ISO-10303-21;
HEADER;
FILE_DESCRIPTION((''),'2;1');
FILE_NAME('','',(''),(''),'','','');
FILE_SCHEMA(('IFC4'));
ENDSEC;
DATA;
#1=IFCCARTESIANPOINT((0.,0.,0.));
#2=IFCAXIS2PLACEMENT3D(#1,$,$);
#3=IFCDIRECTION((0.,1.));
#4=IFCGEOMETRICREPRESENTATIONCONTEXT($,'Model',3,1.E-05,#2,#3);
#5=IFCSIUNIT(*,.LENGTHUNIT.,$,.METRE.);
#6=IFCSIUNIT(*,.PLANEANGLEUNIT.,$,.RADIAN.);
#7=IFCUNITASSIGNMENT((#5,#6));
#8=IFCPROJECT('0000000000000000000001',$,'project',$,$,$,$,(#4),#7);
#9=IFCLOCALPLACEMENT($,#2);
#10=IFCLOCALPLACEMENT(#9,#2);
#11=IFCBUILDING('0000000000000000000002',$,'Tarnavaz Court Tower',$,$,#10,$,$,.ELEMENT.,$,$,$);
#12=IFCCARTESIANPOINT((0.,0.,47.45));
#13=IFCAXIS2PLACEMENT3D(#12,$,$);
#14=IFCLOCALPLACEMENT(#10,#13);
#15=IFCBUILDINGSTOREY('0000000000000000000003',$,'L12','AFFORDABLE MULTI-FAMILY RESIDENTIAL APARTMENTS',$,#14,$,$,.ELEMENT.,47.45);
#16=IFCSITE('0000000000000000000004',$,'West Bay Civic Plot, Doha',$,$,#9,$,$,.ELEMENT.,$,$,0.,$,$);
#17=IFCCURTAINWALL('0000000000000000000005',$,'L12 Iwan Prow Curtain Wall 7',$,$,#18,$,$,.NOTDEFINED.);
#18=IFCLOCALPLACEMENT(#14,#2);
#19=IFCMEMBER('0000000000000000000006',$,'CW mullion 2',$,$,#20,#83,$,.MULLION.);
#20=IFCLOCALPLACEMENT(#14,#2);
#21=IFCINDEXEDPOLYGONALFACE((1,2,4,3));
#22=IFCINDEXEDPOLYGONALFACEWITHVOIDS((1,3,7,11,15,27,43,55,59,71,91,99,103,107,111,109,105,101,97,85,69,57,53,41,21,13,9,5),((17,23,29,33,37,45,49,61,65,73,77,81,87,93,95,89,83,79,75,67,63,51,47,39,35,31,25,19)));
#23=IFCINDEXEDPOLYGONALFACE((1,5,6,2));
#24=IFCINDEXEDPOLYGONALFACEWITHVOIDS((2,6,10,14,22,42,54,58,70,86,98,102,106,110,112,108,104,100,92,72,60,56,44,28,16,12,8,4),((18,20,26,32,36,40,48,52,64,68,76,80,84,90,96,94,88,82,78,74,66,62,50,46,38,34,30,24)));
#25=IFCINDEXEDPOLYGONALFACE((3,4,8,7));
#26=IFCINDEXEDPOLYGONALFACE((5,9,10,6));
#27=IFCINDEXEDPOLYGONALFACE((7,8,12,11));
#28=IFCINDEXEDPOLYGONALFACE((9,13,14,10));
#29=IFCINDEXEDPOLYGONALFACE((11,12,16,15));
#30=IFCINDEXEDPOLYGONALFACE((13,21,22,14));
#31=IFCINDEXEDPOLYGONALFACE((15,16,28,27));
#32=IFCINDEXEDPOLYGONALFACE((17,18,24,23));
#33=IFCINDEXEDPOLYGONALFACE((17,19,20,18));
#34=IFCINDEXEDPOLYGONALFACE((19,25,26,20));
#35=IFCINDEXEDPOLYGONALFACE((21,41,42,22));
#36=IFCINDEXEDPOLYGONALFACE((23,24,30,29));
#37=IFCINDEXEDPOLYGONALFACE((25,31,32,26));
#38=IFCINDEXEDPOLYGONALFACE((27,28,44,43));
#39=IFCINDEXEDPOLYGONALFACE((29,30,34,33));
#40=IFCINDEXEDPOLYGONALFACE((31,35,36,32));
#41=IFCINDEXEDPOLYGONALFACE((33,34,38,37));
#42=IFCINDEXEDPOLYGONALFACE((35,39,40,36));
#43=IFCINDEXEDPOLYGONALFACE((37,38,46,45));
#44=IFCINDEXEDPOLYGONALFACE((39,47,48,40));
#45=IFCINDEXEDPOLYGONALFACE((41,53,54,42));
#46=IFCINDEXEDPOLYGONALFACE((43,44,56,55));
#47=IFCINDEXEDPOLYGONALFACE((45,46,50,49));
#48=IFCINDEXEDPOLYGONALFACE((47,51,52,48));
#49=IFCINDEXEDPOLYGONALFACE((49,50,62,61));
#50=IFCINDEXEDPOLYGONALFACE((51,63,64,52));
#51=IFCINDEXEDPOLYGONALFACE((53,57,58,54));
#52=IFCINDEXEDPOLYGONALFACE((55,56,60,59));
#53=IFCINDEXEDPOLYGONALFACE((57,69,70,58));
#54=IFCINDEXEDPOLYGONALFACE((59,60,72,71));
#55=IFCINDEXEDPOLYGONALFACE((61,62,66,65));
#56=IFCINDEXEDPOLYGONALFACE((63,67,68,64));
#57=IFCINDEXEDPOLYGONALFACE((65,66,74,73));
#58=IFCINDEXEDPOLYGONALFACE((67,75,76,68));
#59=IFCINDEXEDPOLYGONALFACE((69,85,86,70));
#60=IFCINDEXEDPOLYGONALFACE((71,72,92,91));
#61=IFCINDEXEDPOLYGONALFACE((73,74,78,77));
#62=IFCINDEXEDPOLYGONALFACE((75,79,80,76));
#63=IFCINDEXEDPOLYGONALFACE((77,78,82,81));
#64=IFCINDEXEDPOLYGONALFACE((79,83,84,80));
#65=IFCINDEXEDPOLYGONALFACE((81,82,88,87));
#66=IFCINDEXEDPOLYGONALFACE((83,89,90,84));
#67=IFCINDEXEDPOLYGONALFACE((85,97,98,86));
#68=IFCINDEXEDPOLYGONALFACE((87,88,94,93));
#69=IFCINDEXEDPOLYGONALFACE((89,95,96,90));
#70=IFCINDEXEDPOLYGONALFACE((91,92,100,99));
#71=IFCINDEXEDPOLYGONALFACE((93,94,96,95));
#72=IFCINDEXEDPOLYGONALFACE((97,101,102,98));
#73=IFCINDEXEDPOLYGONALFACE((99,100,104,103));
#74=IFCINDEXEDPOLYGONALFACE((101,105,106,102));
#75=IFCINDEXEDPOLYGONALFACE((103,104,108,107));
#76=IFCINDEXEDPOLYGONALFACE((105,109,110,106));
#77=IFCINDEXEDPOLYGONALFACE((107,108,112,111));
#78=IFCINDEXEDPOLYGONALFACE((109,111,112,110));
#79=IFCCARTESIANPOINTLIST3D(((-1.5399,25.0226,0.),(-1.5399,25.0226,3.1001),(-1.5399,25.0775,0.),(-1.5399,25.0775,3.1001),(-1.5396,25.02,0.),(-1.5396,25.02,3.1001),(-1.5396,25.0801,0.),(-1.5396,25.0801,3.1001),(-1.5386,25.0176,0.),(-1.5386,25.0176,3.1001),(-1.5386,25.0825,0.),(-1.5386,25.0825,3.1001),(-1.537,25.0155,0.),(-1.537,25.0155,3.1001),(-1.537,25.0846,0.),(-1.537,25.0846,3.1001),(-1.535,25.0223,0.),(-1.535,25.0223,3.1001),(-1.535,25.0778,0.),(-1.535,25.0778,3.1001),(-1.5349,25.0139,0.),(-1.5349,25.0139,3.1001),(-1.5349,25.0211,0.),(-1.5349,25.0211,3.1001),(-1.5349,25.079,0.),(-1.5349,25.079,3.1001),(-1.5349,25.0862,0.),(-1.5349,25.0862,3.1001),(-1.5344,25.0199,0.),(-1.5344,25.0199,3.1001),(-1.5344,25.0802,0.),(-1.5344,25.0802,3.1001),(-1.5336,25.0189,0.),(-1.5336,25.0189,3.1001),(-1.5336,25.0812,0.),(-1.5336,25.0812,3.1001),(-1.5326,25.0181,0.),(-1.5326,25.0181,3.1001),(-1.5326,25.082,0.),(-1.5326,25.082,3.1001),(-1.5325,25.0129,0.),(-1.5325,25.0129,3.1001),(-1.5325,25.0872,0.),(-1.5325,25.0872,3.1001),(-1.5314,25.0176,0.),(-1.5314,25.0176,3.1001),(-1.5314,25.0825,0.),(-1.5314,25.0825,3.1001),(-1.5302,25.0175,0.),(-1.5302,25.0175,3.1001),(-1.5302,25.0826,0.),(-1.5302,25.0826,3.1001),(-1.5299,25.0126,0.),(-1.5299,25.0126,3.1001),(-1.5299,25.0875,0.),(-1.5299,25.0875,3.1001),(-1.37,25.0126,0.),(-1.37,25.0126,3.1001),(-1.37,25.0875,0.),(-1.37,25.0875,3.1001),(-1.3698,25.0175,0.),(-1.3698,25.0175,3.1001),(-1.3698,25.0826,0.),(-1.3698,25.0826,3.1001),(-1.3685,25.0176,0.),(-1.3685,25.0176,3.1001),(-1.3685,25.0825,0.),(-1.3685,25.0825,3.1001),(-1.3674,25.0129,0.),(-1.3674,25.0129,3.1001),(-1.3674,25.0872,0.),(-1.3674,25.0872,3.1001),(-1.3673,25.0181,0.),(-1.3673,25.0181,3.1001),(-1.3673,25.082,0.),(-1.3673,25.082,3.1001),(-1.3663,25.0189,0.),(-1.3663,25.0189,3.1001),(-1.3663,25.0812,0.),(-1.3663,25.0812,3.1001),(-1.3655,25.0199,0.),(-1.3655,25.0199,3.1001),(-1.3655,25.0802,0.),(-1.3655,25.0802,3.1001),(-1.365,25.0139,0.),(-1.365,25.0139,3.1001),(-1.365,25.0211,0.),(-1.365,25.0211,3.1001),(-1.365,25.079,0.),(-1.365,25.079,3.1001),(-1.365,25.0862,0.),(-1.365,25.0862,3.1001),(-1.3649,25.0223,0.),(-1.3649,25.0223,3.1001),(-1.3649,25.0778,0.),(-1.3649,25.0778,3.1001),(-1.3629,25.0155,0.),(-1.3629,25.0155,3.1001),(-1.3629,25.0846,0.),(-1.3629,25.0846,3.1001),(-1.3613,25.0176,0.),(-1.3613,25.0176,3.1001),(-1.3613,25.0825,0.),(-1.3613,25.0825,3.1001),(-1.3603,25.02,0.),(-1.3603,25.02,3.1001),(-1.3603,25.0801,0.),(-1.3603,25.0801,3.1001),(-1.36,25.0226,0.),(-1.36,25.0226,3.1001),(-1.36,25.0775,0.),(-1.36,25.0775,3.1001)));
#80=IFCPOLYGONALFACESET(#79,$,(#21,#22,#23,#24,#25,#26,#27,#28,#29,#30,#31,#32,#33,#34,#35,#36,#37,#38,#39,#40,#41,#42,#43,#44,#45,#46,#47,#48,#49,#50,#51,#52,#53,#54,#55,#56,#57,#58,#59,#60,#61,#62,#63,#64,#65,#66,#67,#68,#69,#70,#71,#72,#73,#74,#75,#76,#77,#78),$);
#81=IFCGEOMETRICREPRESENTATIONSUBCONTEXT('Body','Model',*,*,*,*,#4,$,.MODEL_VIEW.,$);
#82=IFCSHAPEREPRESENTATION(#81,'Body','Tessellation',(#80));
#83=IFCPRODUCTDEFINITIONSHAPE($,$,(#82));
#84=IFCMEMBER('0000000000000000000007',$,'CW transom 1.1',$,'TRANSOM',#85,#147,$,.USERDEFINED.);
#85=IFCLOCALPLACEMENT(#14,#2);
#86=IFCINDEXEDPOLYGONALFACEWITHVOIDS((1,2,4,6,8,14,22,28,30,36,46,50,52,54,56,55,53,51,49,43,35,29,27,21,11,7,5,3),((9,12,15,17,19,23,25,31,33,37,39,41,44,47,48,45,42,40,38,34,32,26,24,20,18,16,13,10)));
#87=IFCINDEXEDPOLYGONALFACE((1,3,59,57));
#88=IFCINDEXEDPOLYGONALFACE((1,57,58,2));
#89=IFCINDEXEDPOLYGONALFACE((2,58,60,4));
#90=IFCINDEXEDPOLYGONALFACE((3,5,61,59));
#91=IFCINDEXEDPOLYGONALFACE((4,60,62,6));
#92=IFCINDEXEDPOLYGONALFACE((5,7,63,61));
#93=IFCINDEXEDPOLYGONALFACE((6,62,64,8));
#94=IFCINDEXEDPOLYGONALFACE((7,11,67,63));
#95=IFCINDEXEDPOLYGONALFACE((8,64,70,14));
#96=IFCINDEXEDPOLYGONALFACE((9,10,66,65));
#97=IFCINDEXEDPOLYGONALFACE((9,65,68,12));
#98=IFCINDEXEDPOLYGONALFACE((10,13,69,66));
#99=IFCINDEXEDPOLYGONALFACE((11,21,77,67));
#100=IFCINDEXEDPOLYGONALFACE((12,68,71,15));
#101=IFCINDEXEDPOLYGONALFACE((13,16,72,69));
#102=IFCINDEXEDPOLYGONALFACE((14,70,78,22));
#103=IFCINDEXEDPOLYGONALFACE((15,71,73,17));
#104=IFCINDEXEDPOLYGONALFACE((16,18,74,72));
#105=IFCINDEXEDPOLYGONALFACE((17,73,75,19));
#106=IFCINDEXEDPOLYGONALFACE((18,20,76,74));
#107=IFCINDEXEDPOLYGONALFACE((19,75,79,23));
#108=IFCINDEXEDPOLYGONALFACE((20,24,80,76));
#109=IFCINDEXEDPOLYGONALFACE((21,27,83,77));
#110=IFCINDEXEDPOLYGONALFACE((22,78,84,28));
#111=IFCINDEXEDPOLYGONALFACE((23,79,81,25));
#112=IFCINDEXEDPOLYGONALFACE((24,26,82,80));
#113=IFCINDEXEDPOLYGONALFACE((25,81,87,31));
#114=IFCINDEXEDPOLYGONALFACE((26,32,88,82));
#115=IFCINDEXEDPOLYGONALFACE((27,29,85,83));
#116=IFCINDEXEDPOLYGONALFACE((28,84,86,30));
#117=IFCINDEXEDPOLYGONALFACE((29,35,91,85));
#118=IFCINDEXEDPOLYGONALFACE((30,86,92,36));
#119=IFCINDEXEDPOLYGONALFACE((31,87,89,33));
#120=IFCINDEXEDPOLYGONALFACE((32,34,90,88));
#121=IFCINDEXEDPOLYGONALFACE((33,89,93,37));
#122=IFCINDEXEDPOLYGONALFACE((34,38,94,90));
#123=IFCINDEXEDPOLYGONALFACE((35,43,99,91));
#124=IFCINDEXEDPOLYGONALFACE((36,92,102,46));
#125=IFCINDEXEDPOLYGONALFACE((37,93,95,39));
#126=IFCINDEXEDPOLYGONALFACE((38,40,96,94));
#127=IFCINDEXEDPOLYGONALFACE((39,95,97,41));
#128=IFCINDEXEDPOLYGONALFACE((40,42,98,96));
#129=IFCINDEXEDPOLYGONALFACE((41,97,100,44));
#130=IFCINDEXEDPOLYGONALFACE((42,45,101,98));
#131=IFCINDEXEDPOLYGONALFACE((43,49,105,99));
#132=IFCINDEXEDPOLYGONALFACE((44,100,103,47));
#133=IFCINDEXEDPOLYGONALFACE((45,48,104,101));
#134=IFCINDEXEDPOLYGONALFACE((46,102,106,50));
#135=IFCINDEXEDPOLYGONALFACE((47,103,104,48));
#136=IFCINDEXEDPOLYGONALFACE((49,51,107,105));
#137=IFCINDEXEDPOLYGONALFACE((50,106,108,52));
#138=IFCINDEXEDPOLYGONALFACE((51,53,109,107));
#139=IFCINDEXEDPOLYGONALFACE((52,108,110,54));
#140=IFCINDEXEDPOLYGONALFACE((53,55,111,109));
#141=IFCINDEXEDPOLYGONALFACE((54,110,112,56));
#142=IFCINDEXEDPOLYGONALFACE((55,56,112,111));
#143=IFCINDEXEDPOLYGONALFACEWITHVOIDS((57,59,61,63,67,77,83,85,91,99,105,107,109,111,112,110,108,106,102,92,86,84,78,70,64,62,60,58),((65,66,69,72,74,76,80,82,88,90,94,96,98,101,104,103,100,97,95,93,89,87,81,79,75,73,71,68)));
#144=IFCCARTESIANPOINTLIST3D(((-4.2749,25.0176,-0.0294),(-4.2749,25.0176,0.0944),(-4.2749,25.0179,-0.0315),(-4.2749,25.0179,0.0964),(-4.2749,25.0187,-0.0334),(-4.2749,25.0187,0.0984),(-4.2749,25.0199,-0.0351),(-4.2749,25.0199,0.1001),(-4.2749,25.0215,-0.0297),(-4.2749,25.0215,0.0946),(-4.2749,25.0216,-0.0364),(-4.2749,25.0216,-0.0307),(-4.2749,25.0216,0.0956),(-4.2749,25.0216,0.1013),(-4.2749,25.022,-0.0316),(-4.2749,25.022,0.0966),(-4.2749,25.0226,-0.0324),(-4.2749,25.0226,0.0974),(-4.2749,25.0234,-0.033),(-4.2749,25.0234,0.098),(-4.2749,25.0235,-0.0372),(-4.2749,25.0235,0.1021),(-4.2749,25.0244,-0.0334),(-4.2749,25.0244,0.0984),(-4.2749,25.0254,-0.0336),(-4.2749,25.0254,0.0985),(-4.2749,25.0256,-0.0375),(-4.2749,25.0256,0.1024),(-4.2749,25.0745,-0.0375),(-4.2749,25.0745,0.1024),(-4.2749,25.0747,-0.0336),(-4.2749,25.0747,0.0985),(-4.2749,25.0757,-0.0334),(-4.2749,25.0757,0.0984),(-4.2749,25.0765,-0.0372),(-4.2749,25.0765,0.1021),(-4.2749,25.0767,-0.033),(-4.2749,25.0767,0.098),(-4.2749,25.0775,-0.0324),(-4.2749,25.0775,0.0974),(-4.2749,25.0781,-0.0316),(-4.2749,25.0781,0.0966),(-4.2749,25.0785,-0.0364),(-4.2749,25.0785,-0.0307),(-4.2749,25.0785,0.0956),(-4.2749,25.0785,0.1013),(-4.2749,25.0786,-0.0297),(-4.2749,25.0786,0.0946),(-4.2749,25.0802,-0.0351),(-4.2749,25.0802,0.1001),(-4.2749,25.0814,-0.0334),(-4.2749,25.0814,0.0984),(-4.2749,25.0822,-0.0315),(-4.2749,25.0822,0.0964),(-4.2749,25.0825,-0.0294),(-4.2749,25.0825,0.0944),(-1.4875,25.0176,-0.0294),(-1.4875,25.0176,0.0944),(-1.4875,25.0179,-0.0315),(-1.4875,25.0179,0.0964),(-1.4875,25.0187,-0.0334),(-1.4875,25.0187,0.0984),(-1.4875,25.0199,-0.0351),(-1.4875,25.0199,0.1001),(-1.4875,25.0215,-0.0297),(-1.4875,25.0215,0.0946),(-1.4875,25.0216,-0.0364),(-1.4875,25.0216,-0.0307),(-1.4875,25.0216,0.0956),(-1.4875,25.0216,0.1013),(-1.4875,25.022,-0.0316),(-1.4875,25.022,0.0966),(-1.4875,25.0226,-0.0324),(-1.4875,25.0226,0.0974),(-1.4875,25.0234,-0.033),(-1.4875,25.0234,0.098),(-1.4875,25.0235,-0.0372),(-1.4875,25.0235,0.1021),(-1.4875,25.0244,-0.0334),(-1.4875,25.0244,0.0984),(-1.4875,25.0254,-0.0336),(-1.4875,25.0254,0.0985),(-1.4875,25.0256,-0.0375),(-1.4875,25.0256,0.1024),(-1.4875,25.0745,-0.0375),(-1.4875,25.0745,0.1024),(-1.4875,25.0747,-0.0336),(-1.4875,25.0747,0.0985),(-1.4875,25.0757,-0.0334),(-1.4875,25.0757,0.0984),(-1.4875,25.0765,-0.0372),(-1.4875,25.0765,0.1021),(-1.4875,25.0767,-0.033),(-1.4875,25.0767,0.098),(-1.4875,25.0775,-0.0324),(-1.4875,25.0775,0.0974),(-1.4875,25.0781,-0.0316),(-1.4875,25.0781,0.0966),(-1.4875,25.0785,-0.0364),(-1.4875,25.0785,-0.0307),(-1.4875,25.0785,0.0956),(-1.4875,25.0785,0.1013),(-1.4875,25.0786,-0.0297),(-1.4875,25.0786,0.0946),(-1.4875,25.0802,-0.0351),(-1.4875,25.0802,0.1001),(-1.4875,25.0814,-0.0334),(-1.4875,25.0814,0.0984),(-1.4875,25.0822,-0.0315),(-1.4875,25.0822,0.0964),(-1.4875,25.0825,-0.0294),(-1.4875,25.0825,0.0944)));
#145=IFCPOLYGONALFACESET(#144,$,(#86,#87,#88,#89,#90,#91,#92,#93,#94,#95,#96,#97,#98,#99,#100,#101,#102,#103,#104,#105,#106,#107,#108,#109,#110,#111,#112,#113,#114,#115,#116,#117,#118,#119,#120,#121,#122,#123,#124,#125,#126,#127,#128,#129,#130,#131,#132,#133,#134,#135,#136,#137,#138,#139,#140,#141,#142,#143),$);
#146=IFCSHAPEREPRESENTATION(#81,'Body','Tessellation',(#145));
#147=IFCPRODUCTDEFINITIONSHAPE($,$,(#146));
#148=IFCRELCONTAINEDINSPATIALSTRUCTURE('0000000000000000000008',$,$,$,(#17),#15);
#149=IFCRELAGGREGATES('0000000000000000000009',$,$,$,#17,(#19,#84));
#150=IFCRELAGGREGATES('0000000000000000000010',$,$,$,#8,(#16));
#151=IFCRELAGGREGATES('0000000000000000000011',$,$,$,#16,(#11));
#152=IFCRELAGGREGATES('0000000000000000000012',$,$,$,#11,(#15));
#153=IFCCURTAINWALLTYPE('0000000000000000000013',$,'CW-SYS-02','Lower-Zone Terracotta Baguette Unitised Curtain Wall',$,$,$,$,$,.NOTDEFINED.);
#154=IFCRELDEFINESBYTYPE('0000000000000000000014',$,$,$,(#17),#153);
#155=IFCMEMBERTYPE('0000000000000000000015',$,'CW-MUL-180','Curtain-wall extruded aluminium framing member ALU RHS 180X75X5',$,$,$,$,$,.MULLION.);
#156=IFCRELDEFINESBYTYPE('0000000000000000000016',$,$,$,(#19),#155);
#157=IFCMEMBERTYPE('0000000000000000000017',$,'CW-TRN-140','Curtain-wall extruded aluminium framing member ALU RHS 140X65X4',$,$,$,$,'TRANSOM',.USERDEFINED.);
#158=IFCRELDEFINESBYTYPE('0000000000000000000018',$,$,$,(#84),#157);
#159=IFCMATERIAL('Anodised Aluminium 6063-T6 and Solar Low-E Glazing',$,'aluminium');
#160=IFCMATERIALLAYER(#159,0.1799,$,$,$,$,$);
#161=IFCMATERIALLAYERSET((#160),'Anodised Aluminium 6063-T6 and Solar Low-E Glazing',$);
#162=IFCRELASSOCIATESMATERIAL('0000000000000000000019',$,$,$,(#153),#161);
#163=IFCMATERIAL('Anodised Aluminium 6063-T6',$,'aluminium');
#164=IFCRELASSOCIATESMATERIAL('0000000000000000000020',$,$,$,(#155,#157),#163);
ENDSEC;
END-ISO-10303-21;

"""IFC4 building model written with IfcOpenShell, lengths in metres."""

from ifc_helpers import new_model, si_unit, direction, frame, origin, origin_2d, place, context, subcontext, project, spatial, hollow_rectangle, extrude, material, layer, layer_set, material_profile, profile_set, type_object, element, aggregate, save


model = new_model("IFC4")

# Units and contexts
model_context = context("Model", 3, precision=1e-05, world=origin(), true_north=direction((0.0, 1.0)))
body_context = subcontext(model_context, "Body", "Model", "MODEL_VIEW")
ifc_project = project(units=[si_unit("LENGTHUNIT", "METRE"), si_unit("PLANEANGLEUNIT", "RADIAN")], contexts=[model_context])

# Site, building, storey
site_placement = place(None, origin())
site = spatial("IfcSite", under=ifc_project, at=site_placement, Name="West Bay Civic Plot, Doha", CompositionType="ELEMENT", RefElevation=0.0)
building_placement = place(site_placement, origin())
building = spatial("IfcBuilding", under=site, at=building_placement, Name="Tarnavaz Court Tower", CompositionType="ELEMENT")
storey_placement = place(building_placement, frame((0.0, 0.0, 47.45)))
storey = spatial("IfcBuildingStorey", under=building, at=storey_placement, Name="L12", Description="AFFORDABLE MULTI-FAMILY RESIDENTIAL APARTMENTS", CompositionType="ELEMENT", Elevation=47.45)

# Curtain wall, members
ifc_material_1 = material(Name="Anodised Aluminium 6063-T6 and Solar Low-E Glazing", Category="aluminium")
ifc_layer_1 = layer(ifc_material_1, 0.1799)
ifc_layer_set_1 = layer_set([ifc_layer_1], Name="Anodised Aluminium 6063-T6 and Solar Low-E Glazing")
curtain_wall_type = type_object("IfcCurtainWallType", Name="CW-SYS-02", Description="Lower-Zone Terracotta Baguette Unitised Curtain Wall", PredefinedType="NOTDEFINED", material=ifc_layer_set_1)
curtain_wall_placement = place(storey_placement, origin())
curtain_wall = element("IfcCurtainWall", 1, at=curtain_wall_placement, inside=storey, type_object=curtain_wall_type, Name="L12 Iwan Prow Curtain Wall 7", PredefinedType="NOTDEFINED")
ifc_material_2 = material(Name="Anodised Aluminium 6063-T6", Category="aluminium")
ifc_material_profile_1 = material_profile(ifc_material_2, hollow_rectangle(XDim=0.075, YDim=0.1799, WallThickness=0.0049, InnerFilletRadius=0.0049, OuterFilletRadius=0.01, at=origin_2d()), Name="ALU RHS 180X75X5")
ifc_profile_set_1 = profile_set([ifc_material_profile_1], Name="Anodised Aluminium 6063-T6")
member_type_1 = type_object("IfcMemberType", Name="CW-MUL-180", Description="Curtain-wall extruded aluminium framing member ALU RHS 180X75X5", PredefinedType="MULLION", material=ifc_profile_set_1)
member_1_placement = place(storey_placement, frame((-1.45, 25.05, 0.0), z_axis=(0.0, 0.0, 1.0), x_axis=(0.0, 1.0, 0.0)))
member_1 = element("IfcMember", 2, at=member_1_placement, type_object=member_type_1, Name="CW mullion 2", PredefinedType="MULLION", context=body_context, shape_type="SweptSolid", body=[
    extrude(hollow_rectangle(XDim=0.075, YDim=0.1799, WallThickness=0.0049, InnerFilletRadius=0.0049, OuterFilletRadius=0.01, at=origin_2d()), origin(), (0.0, 0.0, 1.0), 3.1001),
])
ifc_material_profile_2 = material_profile(ifc_material_2, hollow_rectangle(XDim=0.0649, YDim=0.1399, WallThickness=0.0039, InnerFilletRadius=0.0039, OuterFilletRadius=0.0081, at=origin_2d()), Name="ALU RHS 140X65X4")
ifc_profile_set_2 = profile_set([ifc_material_profile_2], Name="Anodised Aluminium 6063-T6")
member_type_2 = type_object("IfcMemberType", Name="CW-TRN-140", Description="Curtain-wall extruded aluminium framing member ALU RHS 140X65X4", ElementType="TRANSOM", PredefinedType="USERDEFINED", material=ifc_profile_set_2)
member_2_placement = place(storey_placement, frame((-4.2749, 25.05, 0.0325), z_axis=(1.0, 0.0, 0.0), x_axis=(0.0, 1.0, 0.0)))
member_2 = element("IfcMember", 3, at=member_2_placement, type_object=member_type_2, Name="CW transom 1.1", ObjectType="TRANSOM", PredefinedType="USERDEFINED", context=body_context, shape_type="SweptSolid", body=[
    extrude(hollow_rectangle(XDim=0.0649, YDim=0.1399, WallThickness=0.0039, InnerFilletRadius=0.0039, OuterFilletRadius=0.0081, at=origin_2d()), origin(), (0.0, 0.0, 1.0), 2.7874),
])
aggregate(curtain_wall, [member_1, member_2])

save(model, "model.ifc")
